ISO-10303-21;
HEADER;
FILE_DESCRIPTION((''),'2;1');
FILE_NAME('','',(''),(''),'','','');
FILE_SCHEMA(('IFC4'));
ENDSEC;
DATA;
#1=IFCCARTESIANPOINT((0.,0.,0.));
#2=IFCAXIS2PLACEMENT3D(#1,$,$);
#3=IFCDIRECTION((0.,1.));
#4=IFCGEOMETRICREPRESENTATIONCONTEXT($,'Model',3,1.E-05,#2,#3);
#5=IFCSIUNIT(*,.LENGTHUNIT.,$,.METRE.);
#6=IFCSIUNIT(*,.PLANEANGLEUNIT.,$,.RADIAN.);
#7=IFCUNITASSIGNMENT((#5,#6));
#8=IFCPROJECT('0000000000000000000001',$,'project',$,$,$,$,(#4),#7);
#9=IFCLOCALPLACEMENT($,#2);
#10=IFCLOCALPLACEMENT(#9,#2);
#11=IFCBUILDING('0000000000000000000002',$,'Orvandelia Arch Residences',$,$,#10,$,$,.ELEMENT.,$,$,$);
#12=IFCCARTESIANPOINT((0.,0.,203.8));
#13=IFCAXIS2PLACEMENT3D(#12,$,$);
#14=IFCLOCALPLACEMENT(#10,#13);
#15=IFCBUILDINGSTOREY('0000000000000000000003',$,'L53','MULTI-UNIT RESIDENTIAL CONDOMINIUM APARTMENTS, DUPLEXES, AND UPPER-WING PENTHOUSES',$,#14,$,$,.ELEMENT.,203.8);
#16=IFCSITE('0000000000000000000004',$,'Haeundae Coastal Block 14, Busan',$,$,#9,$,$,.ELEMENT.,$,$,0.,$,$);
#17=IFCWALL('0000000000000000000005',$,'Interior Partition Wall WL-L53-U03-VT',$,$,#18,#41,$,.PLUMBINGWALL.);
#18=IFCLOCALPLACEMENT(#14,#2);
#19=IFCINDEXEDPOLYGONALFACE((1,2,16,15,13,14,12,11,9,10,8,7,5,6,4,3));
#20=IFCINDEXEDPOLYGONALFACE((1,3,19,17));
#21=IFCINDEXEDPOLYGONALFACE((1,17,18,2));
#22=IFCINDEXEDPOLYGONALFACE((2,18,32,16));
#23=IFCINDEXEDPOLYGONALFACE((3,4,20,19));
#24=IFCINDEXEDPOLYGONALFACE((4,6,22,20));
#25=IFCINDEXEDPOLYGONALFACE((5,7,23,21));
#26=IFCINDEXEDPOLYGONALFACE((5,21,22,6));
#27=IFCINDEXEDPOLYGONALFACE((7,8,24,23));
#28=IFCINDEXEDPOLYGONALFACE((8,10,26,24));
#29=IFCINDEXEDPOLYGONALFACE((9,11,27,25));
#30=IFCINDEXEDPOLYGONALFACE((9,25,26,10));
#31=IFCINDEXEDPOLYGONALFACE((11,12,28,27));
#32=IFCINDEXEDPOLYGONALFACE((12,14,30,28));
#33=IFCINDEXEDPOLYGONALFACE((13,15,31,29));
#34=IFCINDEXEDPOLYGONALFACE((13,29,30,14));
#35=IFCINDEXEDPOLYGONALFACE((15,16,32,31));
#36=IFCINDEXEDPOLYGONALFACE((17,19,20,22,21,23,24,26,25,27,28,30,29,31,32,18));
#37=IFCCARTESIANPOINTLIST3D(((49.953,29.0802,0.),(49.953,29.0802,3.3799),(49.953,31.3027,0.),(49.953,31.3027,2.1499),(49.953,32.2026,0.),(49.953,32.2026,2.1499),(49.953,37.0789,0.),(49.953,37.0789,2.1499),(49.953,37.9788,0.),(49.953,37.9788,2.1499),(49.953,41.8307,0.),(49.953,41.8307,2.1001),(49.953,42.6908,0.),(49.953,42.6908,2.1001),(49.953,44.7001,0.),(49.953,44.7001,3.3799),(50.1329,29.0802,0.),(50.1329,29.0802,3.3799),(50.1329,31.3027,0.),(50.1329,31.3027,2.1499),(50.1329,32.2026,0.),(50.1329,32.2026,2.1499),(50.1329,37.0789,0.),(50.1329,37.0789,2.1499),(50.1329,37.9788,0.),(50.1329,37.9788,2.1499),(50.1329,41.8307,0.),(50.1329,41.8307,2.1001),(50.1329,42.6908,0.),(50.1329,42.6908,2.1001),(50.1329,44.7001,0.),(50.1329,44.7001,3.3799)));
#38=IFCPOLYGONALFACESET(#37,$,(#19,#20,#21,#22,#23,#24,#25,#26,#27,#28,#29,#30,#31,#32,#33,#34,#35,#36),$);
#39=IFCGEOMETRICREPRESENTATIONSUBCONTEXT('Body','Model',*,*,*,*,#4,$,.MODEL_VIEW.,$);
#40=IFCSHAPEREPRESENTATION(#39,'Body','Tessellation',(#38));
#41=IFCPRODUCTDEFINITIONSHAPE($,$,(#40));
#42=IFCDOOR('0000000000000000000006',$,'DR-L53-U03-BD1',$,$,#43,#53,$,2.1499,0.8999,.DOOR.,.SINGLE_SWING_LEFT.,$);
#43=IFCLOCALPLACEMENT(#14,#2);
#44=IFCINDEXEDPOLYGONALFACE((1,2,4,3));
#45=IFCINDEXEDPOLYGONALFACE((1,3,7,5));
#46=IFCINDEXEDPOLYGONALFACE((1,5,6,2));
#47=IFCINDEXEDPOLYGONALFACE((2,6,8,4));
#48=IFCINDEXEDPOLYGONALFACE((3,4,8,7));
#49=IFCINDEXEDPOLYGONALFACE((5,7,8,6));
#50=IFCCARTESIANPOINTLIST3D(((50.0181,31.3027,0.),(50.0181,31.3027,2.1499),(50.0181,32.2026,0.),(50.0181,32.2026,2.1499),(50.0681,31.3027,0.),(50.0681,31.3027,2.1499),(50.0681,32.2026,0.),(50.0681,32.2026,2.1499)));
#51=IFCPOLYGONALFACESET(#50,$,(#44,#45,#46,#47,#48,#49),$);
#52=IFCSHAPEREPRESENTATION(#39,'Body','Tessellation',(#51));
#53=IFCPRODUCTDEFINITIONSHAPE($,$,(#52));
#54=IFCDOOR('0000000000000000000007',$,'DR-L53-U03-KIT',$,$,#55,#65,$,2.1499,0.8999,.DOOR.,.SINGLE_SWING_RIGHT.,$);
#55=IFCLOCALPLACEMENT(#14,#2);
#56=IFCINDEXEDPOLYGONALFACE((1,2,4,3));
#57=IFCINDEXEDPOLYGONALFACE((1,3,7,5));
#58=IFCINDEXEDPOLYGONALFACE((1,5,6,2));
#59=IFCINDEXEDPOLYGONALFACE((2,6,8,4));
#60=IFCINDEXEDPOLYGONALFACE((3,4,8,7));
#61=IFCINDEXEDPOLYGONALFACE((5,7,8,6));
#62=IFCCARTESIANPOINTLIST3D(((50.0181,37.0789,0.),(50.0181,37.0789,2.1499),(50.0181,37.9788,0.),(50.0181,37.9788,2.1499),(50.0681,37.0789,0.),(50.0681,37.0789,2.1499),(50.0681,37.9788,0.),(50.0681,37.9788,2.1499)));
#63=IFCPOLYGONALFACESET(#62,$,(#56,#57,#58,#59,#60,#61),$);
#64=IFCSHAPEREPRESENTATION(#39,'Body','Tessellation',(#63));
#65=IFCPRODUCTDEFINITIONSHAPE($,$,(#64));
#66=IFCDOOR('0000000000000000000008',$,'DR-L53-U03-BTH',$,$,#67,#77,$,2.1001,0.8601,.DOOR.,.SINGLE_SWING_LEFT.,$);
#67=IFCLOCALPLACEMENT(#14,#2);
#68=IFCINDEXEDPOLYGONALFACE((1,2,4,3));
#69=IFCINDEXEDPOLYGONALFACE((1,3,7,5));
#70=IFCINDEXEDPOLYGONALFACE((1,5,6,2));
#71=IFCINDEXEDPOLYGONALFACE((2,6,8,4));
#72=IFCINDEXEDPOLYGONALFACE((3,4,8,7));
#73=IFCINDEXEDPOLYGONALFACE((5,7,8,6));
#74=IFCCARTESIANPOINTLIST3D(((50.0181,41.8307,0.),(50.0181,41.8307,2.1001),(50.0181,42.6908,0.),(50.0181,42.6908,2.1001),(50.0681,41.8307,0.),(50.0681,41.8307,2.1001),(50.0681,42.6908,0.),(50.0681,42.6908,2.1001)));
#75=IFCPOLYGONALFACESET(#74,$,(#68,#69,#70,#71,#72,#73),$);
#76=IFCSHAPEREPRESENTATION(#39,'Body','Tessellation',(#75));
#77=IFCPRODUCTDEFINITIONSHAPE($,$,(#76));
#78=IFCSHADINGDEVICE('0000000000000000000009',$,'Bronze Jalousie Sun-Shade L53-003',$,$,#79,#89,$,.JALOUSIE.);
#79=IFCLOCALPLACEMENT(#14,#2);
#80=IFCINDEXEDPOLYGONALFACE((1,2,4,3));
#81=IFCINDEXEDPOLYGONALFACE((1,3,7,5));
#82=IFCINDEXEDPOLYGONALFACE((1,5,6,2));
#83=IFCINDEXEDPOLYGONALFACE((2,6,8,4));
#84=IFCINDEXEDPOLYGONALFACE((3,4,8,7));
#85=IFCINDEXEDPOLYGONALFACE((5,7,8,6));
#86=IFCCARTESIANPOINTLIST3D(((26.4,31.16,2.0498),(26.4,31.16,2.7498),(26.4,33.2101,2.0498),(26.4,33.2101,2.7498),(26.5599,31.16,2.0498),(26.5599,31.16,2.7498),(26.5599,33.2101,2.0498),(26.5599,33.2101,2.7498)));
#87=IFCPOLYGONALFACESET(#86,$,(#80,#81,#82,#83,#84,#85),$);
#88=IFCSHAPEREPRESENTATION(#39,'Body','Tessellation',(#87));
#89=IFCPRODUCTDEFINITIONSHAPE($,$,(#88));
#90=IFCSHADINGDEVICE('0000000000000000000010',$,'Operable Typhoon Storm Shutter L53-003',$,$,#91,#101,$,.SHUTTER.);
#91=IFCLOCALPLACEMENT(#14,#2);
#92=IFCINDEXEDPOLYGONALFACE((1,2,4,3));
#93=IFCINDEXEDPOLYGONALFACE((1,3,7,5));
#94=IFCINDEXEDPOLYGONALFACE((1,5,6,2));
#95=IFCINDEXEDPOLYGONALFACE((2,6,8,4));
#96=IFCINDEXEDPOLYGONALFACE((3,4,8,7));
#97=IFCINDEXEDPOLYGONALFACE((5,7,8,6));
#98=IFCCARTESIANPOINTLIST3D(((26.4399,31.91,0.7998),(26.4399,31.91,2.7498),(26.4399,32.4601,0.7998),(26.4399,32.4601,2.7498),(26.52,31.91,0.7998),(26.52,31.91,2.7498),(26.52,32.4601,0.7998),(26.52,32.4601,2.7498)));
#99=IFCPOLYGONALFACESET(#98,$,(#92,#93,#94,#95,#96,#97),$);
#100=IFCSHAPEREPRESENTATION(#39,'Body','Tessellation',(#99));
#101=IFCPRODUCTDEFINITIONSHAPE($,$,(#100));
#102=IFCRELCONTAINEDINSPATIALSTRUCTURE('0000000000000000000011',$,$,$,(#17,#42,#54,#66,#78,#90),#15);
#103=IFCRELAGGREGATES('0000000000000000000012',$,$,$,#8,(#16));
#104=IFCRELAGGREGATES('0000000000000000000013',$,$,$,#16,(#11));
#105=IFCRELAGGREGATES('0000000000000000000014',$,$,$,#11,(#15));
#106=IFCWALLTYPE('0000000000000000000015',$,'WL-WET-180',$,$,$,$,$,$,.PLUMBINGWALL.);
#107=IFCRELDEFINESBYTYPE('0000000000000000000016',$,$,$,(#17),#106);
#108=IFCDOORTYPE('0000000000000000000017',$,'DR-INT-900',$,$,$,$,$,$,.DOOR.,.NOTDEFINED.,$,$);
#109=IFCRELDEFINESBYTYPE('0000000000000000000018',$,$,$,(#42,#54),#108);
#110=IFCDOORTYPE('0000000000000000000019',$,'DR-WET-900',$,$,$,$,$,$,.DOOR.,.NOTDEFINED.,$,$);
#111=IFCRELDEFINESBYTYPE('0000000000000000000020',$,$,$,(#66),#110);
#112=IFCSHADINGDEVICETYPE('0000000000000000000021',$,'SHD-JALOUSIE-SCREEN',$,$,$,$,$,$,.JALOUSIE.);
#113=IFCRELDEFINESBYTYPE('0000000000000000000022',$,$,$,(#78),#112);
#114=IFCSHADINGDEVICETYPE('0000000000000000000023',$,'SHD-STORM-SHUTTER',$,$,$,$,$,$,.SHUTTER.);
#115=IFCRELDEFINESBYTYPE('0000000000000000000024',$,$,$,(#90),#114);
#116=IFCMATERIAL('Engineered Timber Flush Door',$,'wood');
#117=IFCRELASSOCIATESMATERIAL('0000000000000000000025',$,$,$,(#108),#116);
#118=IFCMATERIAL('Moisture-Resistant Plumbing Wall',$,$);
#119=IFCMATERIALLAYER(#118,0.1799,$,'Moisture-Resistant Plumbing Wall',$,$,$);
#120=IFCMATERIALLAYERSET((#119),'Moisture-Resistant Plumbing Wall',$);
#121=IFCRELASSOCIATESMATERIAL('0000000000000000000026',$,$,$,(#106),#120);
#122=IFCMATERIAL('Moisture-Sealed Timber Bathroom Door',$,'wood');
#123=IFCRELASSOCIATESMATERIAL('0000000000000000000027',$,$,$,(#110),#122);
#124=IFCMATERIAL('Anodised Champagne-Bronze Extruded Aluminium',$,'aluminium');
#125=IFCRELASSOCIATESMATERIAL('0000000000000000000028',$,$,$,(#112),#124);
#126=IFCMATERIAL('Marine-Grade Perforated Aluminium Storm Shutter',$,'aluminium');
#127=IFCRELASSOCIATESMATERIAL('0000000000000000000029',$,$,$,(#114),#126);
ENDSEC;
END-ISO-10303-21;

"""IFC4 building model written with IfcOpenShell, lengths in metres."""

from ifc_helpers import new_model, si_unit, direction, frame, frame_2d, origin, origin_2d, place, context, subcontext, project, spatial, rectangle, extrude, material, layer, layer_set, type_object, element, fill, save


model = new_model("IFC4")

# Units and contexts
model_context = context("Model", 3, precision=1e-05, world=origin(), true_north=direction((0.0, 1.0)))
body_context = subcontext(model_context, "Body", "Model", "MODEL_VIEW")
ifc_project = project(units=[si_unit("LENGTHUNIT", "METRE"), si_unit("PLANEANGLEUNIT", "RADIAN")], contexts=[model_context])

# Site, building, storey
site_placement = place(None, origin())
site = spatial("IfcSite", under=ifc_project, at=site_placement, Name="Haeundae Coastal Block 14, Busan", CompositionType="ELEMENT", RefElevation=0.0)
building_placement = place(site_placement, origin())
building = spatial("IfcBuilding", under=site, at=building_placement, Name="Orvandelia Arch Residences", CompositionType="ELEMENT")
storey_placement = place(building_placement, frame((0.0, 0.0, 203.8)))
storey = spatial("IfcBuildingStorey", under=building, at=storey_placement, Name="L53", Description="MULTI-UNIT RESIDENTIAL CONDOMINIUM APARTMENTS, DUPLEXES, AND UPPER-WING PENTHOUSES", CompositionType="ELEMENT", Elevation=203.8)

# Shared definitions
ifc_material_1 = material(Name="Engineered Timber Flush Door", Category="wood")
door_type_1 = type_object("IfcDoorType", Name="DR-INT-900", OperationType="NOTDEFINED", PredefinedType="DOOR", material=ifc_material_1)

# Wall, openings, doors
ifc_material_2 = material(Name="Moisture-Resistant Plumbing Wall")
ifc_layer_1 = layer(ifc_material_2, 0.1799, Name="Moisture-Resistant Plumbing Wall")
ifc_layer_set_1 = layer_set([ifc_layer_1], Name="Moisture-Resistant Plumbing Wall")
wall_type_1 = type_object("IfcWallType", Name="WL-WET-180", PredefinedType="PLUMBINGWALL", material=ifc_layer_set_1)
wall_1_placement = place(storey_placement, frame((50.043, 29.0801, 0.0), z_axis=(0.0, 0.0, 1.0), x_axis=(0.0, 1.0, 0.0)))
wall_1 = element("IfcWall", 1, at=wall_1_placement, inside=storey, type_object=wall_type_1, Name="Interior Partition Wall WL-L53-U03-VT", PredefinedType="PLUMBINGWALL", context=body_context, shape_type="SweptSolid", body=[
    extrude(rectangle(XDim=15.6199, YDim=0.1799, at=frame_2d((7.8101, 0.0))), origin(), (0.0, 0.0, 1.0), 3.3799),
])
opening_1_placement = place(wall_1_placement, frame((2.2227, 0.0, 0.0)))
opening_1 = element("IfcOpeningElement", 2, at=opening_1_placement, cuts=wall_1, PredefinedType="OPENING", context=body_context, shape_type="SweptSolid", body=[
    extrude(rectangle(XDim=0.8999, YDim=2.1499, at=frame_2d((0.45, 1.075))), frame((0.0, 0.1001, 0.0), z_axis=(0.0, -1.0, 0.0), x_axis=(1.0, 0.0, 0.0)), (0.0, 0.0, 1.0), 0.2),
])
opening_2_placement = place(wall_1_placement, frame((7.9988, 0.0, 0.0)))
opening_2 = element("IfcOpeningElement", 3, at=opening_2_placement, cuts=wall_1, PredefinedType="OPENING", context=body_context, shape_type="SweptSolid", body=[
    extrude(rectangle(XDim=0.8999, YDim=2.1499, at=frame_2d((0.45, 1.075))), frame((0.0, 0.1001, 0.0), z_axis=(0.0, -1.0, 0.0), x_axis=(1.0, 0.0, 0.0)), (0.0, 0.0, 1.0), 0.2),
])
opening_3_placement = place(wall_1_placement, frame((12.7505, 0.0, 0.0)))
opening_3 = element("IfcOpeningElement", 4, at=opening_3_placement, cuts=wall_1, PredefinedType="OPENING", context=body_context, shape_type="SweptSolid", body=[
    extrude(rectangle(XDim=0.8601, YDim=2.1001, at=frame_2d((0.4302, 1.05))), frame((0.0, 0.1001, 0.0), z_axis=(0.0, -1.0, 0.0), x_axis=(1.0, 0.0, 0.0)), (0.0, 0.0, 1.0), 0.2),
])
door_1_placement = place(opening_1_placement, origin())
door_1 = element("IfcDoor", 5, at=door_1_placement, inside=storey, type_object=door_type_1, Name="DR-L53-U03-BD1", OperationType="SINGLE_SWING_LEFT", OverallHeight=2.1499, OverallWidth=0.8999, PredefinedType="DOOR", context=body_context, shape_type="SweptSolid", body=[
    extrude(rectangle(XDim=0.8999, YDim=2.1499, at=frame_2d((0.45, 1.075))), frame((0.0, 0.0249, 0.0), z_axis=(0.0, -1.0, 0.0), x_axis=(1.0, 0.0, 0.0)), (0.0, 0.0, 1.0), 0.05),
])
fill(opening_1, door_1)
door_2_placement = place(opening_2_placement, origin())
door_2 = element("IfcDoor", 6, at=door_2_placement, inside=storey, type_object=door_type_1, Name="DR-L53-U03-KIT", OperationType="SINGLE_SWING_RIGHT", OverallHeight=2.1499, OverallWidth=0.8999, PredefinedType="DOOR", context=body_context, shape_type="SweptSolid", body=[
    extrude(rectangle(XDim=0.8999, YDim=2.1499, at=frame_2d((0.45, 1.075))), frame((0.0, 0.0249, 0.0), z_axis=(0.0, -1.0, 0.0), x_axis=(1.0, 0.0, 0.0)), (0.0, 0.0, 1.0), 0.05),
])
fill(opening_2, door_2)
ifc_material_3 = material(Name="Moisture-Sealed Timber Bathroom Door", Category="wood")
door_type_2 = type_object("IfcDoorType", Name="DR-WET-900", OperationType="NOTDEFINED", PredefinedType="DOOR", material=ifc_material_3)
door_3_placement = place(opening_3_placement, origin())
door_3 = element("IfcDoor", 7, at=door_3_placement, inside=storey, type_object=door_type_2, Name="DR-L53-U03-BTH", OperationType="SINGLE_SWING_LEFT", OverallHeight=2.1001, OverallWidth=0.8601, PredefinedType="DOOR", context=body_context, shape_type="SweptSolid", body=[
    extrude(rectangle(XDim=0.8601, YDim=2.1001, at=frame_2d((0.4302, 1.05))), frame((0.0, 0.0249, 0.0), z_axis=(0.0, -1.0, 0.0), x_axis=(1.0, 0.0, 0.0)), (0.0, 0.0, 1.0), 0.05),
])
fill(opening_3, door_3)

# Shading devices
ifc_material_4 = material(Name="Anodised Champagne-Bronze Extruded Aluminium", Category="aluminium")
shading_device_type_1 = type_object("IfcShadingDeviceType", Name="SHD-JALOUSIE-SCREEN", PredefinedType="JALOUSIE", material=ifc_material_4)
shading_device_1_placement = place(storey_placement, frame((26.48, 32.1851, 2.0498), z_axis=(0.0, 0.0, 1.0), x_axis=(0.0, -1.0, 0.0)))
element("IfcShadingDevice", 8, at=shading_device_1_placement, inside=storey, type_object=shading_device_type_1, Name="Bronze Jalousie Sun-Shade L53-003", PredefinedType="JALOUSIE", context=body_context, shape_type="SweptSolid", body=[
    extrude(rectangle(XDim=2.05, YDim=0.1599, at=origin_2d()), origin(), (0.0, 0.0, 1.0), 0.7),
])
ifc_material_5 = material(Name="Marine-Grade Perforated Aluminium Storm Shutter", Category="aluminium")
shading_device_type_2 = type_object("IfcShadingDeviceType", Name="SHD-STORM-SHUTTER", PredefinedType="SHUTTER", material=ifc_material_5)
shading_device_2_placement = place(storey_placement, frame((26.48, 32.1851, 0.7998), z_axis=(0.0, 0.0, 1.0), x_axis=(0.0, -1.0, 0.0)))
element("IfcShadingDevice", 9, at=shading_device_2_placement, inside=storey, type_object=shading_device_type_2, Name="Operable Typhoon Storm Shutter L53-003", PredefinedType="SHUTTER", context=body_context, shape_type="SweptSolid", body=[
    extrude(rectangle(XDim=0.55, YDim=0.0801, at=origin_2d()), origin(), (0.0, 0.0, 1.0), 1.95),
])

save(model, "model.ifc")
